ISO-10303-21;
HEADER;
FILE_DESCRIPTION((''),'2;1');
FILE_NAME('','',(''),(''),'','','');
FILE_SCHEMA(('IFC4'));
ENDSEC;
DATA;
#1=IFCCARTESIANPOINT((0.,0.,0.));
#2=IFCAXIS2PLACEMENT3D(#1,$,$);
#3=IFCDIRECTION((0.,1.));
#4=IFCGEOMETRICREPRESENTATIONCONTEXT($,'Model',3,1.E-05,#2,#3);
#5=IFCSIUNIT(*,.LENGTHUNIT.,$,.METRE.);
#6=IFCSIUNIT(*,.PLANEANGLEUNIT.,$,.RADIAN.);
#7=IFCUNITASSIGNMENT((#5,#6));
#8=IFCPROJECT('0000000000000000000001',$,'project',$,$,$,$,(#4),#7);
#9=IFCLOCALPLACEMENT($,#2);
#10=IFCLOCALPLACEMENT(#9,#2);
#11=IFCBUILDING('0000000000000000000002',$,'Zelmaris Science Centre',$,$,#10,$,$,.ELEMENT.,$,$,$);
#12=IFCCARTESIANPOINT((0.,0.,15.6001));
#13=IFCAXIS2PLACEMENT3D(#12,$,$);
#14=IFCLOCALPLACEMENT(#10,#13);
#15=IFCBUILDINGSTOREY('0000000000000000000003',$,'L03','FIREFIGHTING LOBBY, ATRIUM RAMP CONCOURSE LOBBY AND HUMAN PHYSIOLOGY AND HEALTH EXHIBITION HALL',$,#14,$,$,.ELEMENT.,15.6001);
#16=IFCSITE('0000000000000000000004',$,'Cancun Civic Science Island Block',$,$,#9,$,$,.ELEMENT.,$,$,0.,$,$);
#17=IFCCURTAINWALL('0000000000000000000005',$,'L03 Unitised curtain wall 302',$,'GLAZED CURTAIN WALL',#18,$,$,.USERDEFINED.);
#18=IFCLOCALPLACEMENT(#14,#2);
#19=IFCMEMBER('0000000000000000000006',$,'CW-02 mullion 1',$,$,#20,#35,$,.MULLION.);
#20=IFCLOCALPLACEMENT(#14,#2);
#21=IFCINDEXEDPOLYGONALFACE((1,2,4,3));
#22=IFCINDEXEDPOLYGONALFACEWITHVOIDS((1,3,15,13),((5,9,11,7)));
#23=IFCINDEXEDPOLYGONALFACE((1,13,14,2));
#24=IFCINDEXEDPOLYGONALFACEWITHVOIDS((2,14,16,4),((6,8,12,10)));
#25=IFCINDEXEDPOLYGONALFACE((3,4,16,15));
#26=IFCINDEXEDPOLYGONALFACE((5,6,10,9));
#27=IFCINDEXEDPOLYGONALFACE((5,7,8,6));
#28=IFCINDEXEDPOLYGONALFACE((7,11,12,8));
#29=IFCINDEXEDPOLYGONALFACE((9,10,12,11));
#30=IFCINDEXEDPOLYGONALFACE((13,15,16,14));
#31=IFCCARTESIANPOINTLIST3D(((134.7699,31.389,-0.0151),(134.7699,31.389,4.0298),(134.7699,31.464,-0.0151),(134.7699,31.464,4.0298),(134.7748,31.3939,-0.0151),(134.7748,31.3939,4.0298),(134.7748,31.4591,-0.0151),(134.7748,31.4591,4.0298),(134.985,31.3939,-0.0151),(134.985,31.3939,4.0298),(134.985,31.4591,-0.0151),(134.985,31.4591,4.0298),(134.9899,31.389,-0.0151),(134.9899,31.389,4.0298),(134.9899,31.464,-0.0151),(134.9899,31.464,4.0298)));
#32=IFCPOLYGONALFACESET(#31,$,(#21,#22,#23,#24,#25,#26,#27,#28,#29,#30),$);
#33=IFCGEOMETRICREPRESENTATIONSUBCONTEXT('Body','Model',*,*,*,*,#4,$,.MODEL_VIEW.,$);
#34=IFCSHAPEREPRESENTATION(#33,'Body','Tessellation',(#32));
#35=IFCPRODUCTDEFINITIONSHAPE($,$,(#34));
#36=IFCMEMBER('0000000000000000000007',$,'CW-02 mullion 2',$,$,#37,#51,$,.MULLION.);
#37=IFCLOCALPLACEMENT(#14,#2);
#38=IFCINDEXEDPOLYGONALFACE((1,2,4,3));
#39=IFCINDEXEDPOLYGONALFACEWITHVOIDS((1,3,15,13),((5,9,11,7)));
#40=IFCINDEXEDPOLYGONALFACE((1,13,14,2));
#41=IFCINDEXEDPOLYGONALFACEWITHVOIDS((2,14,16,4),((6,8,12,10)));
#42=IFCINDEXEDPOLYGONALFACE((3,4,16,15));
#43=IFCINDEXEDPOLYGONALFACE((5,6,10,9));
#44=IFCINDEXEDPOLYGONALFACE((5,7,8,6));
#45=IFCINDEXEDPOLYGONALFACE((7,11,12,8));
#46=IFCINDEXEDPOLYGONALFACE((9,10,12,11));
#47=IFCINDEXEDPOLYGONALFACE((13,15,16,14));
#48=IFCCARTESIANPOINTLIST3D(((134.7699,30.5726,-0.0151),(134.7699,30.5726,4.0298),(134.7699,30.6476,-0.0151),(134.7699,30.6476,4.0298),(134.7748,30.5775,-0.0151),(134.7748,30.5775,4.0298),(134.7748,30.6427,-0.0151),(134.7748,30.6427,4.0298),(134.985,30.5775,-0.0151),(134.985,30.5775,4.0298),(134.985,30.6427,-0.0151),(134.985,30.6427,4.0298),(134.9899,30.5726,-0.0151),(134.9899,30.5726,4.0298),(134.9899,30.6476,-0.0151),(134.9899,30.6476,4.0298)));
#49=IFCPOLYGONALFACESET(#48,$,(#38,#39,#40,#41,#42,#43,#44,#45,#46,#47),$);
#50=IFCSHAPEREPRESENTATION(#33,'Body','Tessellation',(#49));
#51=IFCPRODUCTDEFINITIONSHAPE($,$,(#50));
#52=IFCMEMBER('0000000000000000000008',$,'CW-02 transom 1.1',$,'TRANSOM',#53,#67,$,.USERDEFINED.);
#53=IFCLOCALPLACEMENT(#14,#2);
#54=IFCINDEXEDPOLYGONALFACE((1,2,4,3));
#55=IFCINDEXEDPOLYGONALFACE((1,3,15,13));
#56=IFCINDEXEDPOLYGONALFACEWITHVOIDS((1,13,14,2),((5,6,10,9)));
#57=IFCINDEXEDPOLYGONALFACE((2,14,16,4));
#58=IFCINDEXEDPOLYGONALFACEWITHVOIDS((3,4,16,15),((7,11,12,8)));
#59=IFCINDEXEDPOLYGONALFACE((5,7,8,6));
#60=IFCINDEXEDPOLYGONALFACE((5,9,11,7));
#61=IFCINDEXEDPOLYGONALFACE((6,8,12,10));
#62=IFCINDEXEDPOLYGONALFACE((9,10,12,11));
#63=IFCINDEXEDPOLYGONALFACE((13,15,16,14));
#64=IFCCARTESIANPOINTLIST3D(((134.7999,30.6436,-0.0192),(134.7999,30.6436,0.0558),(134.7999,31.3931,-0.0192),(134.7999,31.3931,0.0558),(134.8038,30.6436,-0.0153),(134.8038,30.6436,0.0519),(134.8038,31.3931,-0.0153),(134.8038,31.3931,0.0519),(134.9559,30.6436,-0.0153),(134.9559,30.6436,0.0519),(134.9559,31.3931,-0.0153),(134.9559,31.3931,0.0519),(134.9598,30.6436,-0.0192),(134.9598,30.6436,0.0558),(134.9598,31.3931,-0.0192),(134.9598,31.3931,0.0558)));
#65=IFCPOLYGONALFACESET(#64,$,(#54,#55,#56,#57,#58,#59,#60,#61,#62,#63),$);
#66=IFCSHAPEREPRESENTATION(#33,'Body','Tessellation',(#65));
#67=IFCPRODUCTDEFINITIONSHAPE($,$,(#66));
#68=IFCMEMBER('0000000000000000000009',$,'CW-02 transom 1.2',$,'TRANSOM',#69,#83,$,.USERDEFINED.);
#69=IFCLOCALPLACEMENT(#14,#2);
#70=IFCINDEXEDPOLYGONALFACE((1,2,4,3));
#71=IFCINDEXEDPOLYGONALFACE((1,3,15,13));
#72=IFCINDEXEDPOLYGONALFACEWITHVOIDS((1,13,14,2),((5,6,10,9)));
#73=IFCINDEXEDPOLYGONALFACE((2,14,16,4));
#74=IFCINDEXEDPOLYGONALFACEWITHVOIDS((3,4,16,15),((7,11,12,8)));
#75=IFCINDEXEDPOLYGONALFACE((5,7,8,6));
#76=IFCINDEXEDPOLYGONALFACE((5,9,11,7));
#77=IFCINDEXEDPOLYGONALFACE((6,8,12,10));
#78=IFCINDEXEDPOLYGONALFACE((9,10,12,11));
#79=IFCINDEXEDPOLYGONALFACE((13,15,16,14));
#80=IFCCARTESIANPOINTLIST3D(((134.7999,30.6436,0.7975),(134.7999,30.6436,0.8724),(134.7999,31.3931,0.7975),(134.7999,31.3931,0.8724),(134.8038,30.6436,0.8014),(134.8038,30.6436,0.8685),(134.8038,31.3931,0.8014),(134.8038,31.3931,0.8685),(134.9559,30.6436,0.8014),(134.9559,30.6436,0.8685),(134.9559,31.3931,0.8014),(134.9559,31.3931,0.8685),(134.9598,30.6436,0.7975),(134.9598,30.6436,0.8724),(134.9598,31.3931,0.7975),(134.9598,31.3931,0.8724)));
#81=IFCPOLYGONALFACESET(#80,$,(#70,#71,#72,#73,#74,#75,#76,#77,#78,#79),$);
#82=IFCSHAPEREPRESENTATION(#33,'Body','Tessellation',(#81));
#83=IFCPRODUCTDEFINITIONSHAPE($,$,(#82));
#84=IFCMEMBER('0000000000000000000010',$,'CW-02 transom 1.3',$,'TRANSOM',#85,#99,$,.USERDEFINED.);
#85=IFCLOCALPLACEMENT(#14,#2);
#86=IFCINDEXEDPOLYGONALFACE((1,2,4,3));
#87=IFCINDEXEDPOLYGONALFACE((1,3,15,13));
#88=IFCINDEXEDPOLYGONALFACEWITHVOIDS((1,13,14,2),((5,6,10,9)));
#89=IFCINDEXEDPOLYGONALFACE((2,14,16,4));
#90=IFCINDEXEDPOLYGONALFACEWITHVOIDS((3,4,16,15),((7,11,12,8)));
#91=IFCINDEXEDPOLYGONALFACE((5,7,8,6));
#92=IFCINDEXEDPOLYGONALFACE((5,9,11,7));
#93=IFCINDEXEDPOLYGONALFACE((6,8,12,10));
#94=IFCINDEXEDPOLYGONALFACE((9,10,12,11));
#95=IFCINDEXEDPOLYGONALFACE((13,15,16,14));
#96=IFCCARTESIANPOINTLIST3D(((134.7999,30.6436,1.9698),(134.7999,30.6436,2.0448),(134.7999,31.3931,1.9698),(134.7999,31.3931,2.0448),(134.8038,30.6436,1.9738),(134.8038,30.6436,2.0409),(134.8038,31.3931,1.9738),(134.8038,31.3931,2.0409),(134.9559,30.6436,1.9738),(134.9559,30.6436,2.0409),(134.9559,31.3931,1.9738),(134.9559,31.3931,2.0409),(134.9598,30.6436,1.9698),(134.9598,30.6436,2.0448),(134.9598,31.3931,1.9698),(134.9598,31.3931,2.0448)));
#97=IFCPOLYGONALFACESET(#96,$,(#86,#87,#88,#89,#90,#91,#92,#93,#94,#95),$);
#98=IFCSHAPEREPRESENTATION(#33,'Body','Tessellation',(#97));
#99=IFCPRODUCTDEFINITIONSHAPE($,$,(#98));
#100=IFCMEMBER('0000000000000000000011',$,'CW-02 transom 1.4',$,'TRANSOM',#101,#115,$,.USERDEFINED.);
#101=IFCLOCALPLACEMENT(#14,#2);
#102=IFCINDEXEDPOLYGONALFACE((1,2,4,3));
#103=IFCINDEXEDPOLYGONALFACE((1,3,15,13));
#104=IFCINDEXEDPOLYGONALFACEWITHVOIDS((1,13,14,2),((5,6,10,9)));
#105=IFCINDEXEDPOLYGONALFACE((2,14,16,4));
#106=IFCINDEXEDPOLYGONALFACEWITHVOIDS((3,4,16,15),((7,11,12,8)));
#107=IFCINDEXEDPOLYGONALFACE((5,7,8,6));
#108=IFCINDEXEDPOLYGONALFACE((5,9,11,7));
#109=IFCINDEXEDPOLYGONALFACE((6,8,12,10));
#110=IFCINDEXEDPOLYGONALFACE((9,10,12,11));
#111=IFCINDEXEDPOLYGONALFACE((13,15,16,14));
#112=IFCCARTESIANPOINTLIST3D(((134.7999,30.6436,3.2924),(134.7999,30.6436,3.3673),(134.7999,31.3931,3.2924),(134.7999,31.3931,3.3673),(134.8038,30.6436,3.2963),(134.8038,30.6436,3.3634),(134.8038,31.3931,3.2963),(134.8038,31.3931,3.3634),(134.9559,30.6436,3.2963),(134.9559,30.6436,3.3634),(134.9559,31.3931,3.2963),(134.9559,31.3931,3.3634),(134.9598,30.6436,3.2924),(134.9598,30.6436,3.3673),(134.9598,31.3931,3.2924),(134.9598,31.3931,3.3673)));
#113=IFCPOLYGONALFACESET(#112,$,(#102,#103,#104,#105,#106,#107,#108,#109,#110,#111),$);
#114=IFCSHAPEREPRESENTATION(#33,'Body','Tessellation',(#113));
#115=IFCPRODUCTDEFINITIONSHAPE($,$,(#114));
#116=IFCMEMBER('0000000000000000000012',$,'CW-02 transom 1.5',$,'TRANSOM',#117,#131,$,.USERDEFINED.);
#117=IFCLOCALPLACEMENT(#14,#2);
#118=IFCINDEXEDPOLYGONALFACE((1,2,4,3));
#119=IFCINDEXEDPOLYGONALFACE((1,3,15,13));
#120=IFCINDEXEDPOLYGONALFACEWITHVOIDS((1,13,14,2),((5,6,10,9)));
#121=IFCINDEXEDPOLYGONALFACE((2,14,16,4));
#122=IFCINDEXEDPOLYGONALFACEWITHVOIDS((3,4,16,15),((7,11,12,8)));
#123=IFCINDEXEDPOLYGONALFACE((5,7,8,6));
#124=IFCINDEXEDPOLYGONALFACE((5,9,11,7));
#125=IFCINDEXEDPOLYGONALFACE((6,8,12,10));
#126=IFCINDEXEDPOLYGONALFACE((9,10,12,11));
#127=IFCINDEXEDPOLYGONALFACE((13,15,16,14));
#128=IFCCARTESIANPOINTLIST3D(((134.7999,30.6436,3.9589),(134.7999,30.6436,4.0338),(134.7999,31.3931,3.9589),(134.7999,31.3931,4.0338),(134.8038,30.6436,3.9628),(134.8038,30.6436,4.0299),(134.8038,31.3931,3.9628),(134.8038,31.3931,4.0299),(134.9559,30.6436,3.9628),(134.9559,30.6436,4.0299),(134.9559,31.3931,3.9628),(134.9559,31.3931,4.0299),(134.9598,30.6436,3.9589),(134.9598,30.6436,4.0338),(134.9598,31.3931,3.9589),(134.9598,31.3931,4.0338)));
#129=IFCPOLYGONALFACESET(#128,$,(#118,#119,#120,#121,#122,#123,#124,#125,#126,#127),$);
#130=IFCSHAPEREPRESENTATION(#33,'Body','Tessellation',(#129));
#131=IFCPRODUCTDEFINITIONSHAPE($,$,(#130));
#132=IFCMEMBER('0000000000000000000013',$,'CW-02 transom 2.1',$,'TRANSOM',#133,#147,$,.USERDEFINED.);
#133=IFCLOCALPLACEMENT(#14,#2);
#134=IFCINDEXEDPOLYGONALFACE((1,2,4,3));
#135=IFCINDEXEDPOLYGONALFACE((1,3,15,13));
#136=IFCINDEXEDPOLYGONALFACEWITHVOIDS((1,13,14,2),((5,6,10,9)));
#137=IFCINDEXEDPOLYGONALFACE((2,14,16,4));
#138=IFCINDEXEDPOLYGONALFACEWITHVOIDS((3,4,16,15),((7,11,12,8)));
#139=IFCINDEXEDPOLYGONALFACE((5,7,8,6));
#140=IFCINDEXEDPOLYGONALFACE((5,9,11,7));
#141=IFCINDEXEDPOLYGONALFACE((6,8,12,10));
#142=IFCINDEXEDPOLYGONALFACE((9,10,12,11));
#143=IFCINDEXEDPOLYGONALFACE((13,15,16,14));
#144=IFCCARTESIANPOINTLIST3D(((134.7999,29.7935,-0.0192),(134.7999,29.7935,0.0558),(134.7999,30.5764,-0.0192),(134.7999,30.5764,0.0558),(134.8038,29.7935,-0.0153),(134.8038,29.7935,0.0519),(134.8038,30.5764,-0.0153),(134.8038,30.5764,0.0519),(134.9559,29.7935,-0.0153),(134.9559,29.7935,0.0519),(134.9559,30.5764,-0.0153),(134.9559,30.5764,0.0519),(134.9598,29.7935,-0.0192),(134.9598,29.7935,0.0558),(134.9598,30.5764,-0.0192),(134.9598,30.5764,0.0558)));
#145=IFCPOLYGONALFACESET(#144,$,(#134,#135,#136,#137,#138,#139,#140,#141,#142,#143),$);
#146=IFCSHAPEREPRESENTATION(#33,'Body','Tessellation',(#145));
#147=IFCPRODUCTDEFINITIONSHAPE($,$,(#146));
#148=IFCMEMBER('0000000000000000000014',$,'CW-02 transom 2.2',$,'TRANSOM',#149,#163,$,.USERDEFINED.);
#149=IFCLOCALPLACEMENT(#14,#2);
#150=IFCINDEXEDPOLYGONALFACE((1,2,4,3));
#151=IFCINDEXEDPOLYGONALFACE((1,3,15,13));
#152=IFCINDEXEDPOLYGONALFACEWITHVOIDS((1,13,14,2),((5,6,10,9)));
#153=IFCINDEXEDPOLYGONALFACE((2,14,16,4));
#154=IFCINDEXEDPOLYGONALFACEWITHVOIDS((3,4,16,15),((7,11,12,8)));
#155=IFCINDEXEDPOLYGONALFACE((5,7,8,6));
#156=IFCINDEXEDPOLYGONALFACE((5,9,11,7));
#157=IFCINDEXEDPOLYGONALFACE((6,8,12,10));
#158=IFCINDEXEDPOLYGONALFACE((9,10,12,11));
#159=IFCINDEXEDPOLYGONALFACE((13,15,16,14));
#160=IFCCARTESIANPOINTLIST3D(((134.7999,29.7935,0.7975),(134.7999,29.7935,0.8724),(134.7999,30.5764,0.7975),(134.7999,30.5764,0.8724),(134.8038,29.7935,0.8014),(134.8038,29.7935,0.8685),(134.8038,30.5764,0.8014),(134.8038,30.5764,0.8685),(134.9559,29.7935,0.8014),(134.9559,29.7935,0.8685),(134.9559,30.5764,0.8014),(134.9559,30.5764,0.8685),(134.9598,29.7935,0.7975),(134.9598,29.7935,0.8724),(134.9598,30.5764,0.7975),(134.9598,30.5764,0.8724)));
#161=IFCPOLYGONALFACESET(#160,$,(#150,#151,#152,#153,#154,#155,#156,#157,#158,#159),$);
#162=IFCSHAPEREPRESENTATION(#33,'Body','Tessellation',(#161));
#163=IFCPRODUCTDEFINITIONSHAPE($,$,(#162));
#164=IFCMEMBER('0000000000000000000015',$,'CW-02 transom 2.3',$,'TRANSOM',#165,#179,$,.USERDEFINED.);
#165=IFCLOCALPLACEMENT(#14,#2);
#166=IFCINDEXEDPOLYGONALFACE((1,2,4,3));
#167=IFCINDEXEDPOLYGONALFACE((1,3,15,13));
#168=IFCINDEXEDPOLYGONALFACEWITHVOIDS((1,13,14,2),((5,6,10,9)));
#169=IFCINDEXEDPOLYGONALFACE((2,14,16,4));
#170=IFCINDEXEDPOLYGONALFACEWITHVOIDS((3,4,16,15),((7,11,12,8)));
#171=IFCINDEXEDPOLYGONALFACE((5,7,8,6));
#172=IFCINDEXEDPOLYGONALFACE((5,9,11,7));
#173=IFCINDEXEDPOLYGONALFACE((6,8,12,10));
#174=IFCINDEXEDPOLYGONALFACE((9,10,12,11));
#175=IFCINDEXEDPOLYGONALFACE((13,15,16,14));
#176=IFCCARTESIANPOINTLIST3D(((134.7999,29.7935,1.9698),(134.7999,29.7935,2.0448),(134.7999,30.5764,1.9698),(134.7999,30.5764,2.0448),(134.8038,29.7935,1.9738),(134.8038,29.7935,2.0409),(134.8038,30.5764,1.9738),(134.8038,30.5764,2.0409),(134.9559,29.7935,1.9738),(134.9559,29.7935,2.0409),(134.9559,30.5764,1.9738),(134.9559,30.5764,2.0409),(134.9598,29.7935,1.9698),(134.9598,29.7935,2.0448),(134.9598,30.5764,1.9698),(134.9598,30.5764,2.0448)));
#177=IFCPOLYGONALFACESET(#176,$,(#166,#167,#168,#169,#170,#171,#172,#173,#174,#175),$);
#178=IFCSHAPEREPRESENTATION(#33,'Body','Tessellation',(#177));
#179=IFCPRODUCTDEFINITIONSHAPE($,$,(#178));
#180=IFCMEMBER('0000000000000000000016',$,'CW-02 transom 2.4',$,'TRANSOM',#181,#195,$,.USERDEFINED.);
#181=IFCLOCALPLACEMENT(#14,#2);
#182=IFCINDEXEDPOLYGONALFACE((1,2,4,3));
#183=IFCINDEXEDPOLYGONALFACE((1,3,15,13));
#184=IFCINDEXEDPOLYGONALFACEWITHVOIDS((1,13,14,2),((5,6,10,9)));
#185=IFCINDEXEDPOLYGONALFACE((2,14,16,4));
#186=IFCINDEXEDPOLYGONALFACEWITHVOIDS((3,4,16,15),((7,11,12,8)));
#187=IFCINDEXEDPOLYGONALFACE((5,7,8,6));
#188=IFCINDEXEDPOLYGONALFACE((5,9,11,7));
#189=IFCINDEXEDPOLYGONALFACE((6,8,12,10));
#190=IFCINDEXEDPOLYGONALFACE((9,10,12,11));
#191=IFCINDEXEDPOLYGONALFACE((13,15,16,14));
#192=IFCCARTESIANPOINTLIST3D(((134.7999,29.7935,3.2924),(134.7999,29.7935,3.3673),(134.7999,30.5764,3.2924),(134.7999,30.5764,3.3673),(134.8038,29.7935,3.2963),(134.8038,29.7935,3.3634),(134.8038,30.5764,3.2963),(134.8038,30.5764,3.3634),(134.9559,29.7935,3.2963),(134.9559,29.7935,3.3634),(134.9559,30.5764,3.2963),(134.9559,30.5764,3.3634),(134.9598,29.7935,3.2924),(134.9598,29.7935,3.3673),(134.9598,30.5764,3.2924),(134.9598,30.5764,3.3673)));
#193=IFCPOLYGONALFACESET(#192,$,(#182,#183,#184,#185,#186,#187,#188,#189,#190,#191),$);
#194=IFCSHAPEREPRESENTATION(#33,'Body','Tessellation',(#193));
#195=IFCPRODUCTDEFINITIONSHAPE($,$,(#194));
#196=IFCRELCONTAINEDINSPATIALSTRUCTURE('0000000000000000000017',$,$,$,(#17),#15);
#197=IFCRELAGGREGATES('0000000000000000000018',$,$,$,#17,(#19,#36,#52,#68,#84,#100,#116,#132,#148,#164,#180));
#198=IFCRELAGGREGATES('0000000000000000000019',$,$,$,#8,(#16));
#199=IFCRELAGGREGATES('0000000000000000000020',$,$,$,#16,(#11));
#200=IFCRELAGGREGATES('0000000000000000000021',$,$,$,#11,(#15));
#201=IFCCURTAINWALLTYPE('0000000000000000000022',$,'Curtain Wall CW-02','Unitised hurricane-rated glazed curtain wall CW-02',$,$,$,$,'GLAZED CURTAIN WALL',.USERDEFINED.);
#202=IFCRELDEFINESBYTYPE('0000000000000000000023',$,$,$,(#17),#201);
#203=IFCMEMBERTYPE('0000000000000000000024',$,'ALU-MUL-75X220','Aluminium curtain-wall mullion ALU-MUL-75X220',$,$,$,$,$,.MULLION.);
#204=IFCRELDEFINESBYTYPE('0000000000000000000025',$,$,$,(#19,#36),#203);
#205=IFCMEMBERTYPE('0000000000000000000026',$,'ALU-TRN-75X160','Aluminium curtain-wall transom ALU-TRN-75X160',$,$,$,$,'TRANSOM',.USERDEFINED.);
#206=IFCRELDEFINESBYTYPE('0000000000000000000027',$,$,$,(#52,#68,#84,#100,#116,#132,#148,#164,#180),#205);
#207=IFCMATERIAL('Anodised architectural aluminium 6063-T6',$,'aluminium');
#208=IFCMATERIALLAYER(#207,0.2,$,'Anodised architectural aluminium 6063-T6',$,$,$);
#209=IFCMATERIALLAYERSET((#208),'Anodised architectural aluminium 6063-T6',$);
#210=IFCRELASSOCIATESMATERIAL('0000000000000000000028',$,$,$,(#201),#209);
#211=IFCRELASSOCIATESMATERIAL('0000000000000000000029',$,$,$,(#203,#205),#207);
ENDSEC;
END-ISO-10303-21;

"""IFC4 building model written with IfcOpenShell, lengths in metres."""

from ifc_helpers import new_model, si_unit, direction, frame, origin, origin_2d, place, context, subcontext, project, spatial, hollow_rectangle, extrude, material, layer, layer_set, material_profile, profile_set, type_object, element, aggregate, save


model = new_model("IFC4")

# Units and contexts
model_context = context("Model", 3, precision=1e-05, world=origin(), true_north=direction((0.0, 1.0)))
body_context = subcontext(model_context, "Body", "Model", "MODEL_VIEW")
ifc_project = project(units=[si_unit("LENGTHUNIT", "METRE"), si_unit("PLANEANGLEUNIT", "RADIAN")], contexts=[model_context])

# Site, building, storey
site_placement = place(None, origin())
site = spatial("IfcSite", under=ifc_project, at=site_placement, Name="Cancun Civic Science Island Block", CompositionType="ELEMENT", RefElevation=0.0)
building_placement = place(site_placement, origin())
building = spatial("IfcBuilding", under=site, at=building_placement, Name="Zelmaris Science Centre", CompositionType="ELEMENT")
storey_placement = place(building_placement, frame((0.0, 0.0, 15.6001)))
storey = spatial("IfcBuildingStorey", under=building, at=storey_placement, Name="L03", Description="FIREFIGHTING LOBBY, ATRIUM RAMP CONCOURSE LOBBY AND HUMAN PHYSIOLOGY AND HEALTH EXHIBITION HALL", CompositionType="ELEMENT", Elevation=15.6001)

# Curtain wall, members
ifc_material_1 = material(Name="Anodised architectural aluminium 6063-T6", Category="aluminium")
ifc_layer_1 = layer(ifc_material_1, 0.2, Name="Anodised architectural aluminium 6063-T6")
ifc_layer_set_1 = layer_set([ifc_layer_1], Name="Anodised architectural aluminium 6063-T6")
curtain_wall_type = type_object("IfcCurtainWallType", Name="Curtain Wall CW-02", Description="Unitised hurricane-rated glazed curtain wall CW-02", ElementType="GLAZED CURTAIN WALL", PredefinedType="USERDEFINED", material=ifc_layer_set_1)
curtain_wall_placement = place(storey_placement, origin())
curtain_wall = element("IfcCurtainWall", 1, at=curtain_wall_placement, inside=storey, type_object=curtain_wall_type, Name="L03 Unitised curtain wall 302", ObjectType="GLAZED CURTAIN WALL", PredefinedType="USERDEFINED")
ifc_material_profile_1 = material_profile(ifc_material_1, hollow_rectangle(XDim=0.075, YDim=0.22, WallThickness=0.0049, at=origin_2d()), Name="ALU-MUL-75X220")
ifc_profile_set_1 = profile_set([ifc_material_profile_1], Name="Anodised architectural aluminium 6063-T6")
member_type_1 = type_object("IfcMemberType", Name="ALU-MUL-75X220", Description="Aluminium curtain-wall mullion ALU-MUL-75X220", PredefinedType="MULLION", material=ifc_profile_set_1)
member_1_placement = place(storey_placement, frame((134.8799, 31.4265, -0.0151), z_axis=(0.0, 0.0, 1.0), x_axis=(0.0, -1.0, 0.0)))
member_1 = element("IfcMember", 2, at=member_1_placement, type_object=member_type_1, Name="CW-02 mullion 1", PredefinedType="MULLION", context=body_context, shape_type="SweptSolid", body=[
    extrude(hollow_rectangle(XDim=0.075, YDim=0.22, WallThickness=0.0049, at=origin_2d()), origin(), (0.0, 0.0, 1.0), 4.0449),
])
member_2_placement = place(storey_placement, frame((134.8799, 30.6101, -0.0151), z_axis=(0.0, 0.0, 1.0), x_axis=(0.0, -1.0, 0.0)))
member_2 = element("IfcMember", 3, at=member_2_placement, type_object=member_type_1, Name="CW-02 mullion 2", PredefinedType="MULLION", context=body_context, shape_type="SweptSolid", body=[
    extrude(hollow_rectangle(XDim=0.075, YDim=0.22, WallThickness=0.0049, at=origin_2d()), origin(), (0.0, 0.0, 1.0), 4.0449),
])
ifc_material_profile_2 = material_profile(ifc_material_1, hollow_rectangle(XDim=0.075, YDim=0.1599, WallThickness=0.0039, at=origin_2d()), Name="ALU-TRN-75X160")
ifc_profile_set_2 = profile_set([ifc_material_profile_2], Name="Anodised architectural aluminium 6063-T6")
member_type_2 = type_object("IfcMemberType", Name="ALU-TRN-75X160", Description="Aluminium curtain-wall transom ALU-TRN-75X160", ElementType="TRANSOM", PredefinedType="USERDEFINED", material=ifc_profile_set_2)
member_3_placement = place(storey_placement, frame((134.8799, 31.3931, 0.0183), z_axis=(0.0, -1.0, 0.0), x_axis=(0.0, 0.0, 1.0)))
member_3 = element("IfcMember", 4, at=member_3_placement, type_object=member_type_2, Name="CW-02 transom 1.1", ObjectType="TRANSOM", PredefinedType="USERDEFINED", context=body_context, shape_type="SweptSolid", body=[
    extrude(hollow_rectangle(XDim=0.075, YDim=0.1599, WallThickness=0.0039, at=origin_2d()), origin(), (0.0, 0.0, 1.0), 0.7495),
])
member_4_placement = place(storey_placement, frame((134.8799, 31.3931, 0.835), z_axis=(0.0, -1.0, 0.0), x_axis=(0.0, 0.0, 1.0)))
member_4 = element("IfcMember", 5, at=member_4_placement, type_object=member_type_2, Name="CW-02 transom 1.2", ObjectType="TRANSOM", PredefinedType="USERDEFINED", context=body_context, shape_type="SweptSolid", body=[
    extrude(hollow_rectangle(XDim=0.075, YDim=0.1599, WallThickness=0.0039, at=origin_2d()), origin(), (0.0, 0.0, 1.0), 0.7495),
])
member_5_placement = place(storey_placement, frame((134.8799, 31.3931, 2.0073), z_axis=(0.0, -1.0, 0.0), x_axis=(0.0, 0.0, 1.0)))
member_5 = element("IfcMember", 6, at=member_5_placement, type_object=member_type_2, Name="CW-02 transom 1.3", ObjectType="TRANSOM", PredefinedType="USERDEFINED", context=body_context, shape_type="SweptSolid", body=[
    extrude(hollow_rectangle(XDim=0.075, YDim=0.1599, WallThickness=0.0039, at=origin_2d()), origin(), (0.0, 0.0, 1.0), 0.7495),
])
member_6_placement = place(storey_placement, frame((134.8799, 31.3931, 3.3298), z_axis=(0.0, -1.0, 0.0), x_axis=(0.0, 0.0, 1.0)))
member_6 = element("IfcMember", 7, at=member_6_placement, type_object=member_type_2, Name="CW-02 transom 1.4", ObjectType="TRANSOM", PredefinedType="USERDEFINED", context=body_context, shape_type="SweptSolid", body=[
    extrude(hollow_rectangle(XDim=0.075, YDim=0.1599, WallThickness=0.0039, at=origin_2d()), origin(), (0.0, 0.0, 1.0), 0.7495),
])
member_7_placement = place(storey_placement, frame((134.8799, 31.3931, 3.9963), z_axis=(0.0, -1.0, 0.0), x_axis=(0.0, 0.0, 1.0)))
member_7 = element("IfcMember", 8, at=member_7_placement, type_object=member_type_2, Name="CW-02 transom 1.5", ObjectType="TRANSOM", PredefinedType="USERDEFINED", context=body_context, shape_type="SweptSolid", body=[
    extrude(hollow_rectangle(XDim=0.075, YDim=0.1599, WallThickness=0.0039, at=origin_2d()), origin(), (0.0, 0.0, 1.0), 0.7495),
])
member_8_placement = place(storey_placement, frame((134.8799, 30.5764, 0.0183), z_axis=(0.0, -1.0, 0.0), x_axis=(0.0, 0.0, 1.0)))
member_8 = element("IfcMember", 9, at=member_8_placement, type_object=member_type_2, Name="CW-02 transom 2.1", ObjectType="TRANSOM", PredefinedType="USERDEFINED", context=body_context, shape_type="SweptSolid", body=[
    extrude(hollow_rectangle(XDim=0.075, YDim=0.1599, WallThickness=0.0039, at=origin_2d()), origin(), (0.0, 0.0, 1.0), 0.783),
])
member_9_placement = place(storey_placement, frame((134.8799, 30.5764, 0.835), z_axis=(0.0, -1.0, 0.0), x_axis=(0.0, 0.0, 1.0)))
member_9 = element("IfcMember", 10, at=member_9_placement, type_object=member_type_2, Name="CW-02 transom 2.2", ObjectType="TRANSOM", PredefinedType="USERDEFINED", context=body_context, shape_type="SweptSolid", body=[
    extrude(hollow_rectangle(XDim=0.075, YDim=0.1599, WallThickness=0.0039, at=origin_2d()), origin(), (0.0, 0.0, 1.0), 0.783),
])
member_10_placement = place(storey_placement, frame((134.8799, 30.5764, 2.0073), z_axis=(0.0, -1.0, 0.0), x_axis=(0.0, 0.0, 1.0)))
member_10 = element("IfcMember", 11, at=member_10_placement, type_object=member_type_2, Name="CW-02 transom 2.3", ObjectType="TRANSOM", PredefinedType="USERDEFINED", context=body_context, shape_type="SweptSolid", body=[
    extrude(hollow_rectangle(XDim=0.075, YDim=0.1599, WallThickness=0.0039, at=origin_2d()), origin(), (0.0, 0.0, 1.0), 0.783),
])
member_11_placement = place(storey_placement, frame((134.8799, 30.5764, 3.3298), z_axis=(0.0, -1.0, 0.0), x_axis=(0.0, 0.0, 1.0)))
member_11 = element("IfcMember", 12, at=member_11_placement, type_object=member_type_2, Name="CW-02 transom 2.4", ObjectType="TRANSOM", PredefinedType="USERDEFINED", context=body_context, shape_type="SweptSolid", body=[
    extrude(hollow_rectangle(XDim=0.075, YDim=0.1599, WallThickness=0.0039, at=origin_2d()), origin(), (0.0, 0.0, 1.0), 0.783),
])
aggregate(curtain_wall, [member_1, member_2, member_3, member_4, member_5, member_6, member_7, member_8, member_9, member_10, member_11])

save(model, "model.ifc")
